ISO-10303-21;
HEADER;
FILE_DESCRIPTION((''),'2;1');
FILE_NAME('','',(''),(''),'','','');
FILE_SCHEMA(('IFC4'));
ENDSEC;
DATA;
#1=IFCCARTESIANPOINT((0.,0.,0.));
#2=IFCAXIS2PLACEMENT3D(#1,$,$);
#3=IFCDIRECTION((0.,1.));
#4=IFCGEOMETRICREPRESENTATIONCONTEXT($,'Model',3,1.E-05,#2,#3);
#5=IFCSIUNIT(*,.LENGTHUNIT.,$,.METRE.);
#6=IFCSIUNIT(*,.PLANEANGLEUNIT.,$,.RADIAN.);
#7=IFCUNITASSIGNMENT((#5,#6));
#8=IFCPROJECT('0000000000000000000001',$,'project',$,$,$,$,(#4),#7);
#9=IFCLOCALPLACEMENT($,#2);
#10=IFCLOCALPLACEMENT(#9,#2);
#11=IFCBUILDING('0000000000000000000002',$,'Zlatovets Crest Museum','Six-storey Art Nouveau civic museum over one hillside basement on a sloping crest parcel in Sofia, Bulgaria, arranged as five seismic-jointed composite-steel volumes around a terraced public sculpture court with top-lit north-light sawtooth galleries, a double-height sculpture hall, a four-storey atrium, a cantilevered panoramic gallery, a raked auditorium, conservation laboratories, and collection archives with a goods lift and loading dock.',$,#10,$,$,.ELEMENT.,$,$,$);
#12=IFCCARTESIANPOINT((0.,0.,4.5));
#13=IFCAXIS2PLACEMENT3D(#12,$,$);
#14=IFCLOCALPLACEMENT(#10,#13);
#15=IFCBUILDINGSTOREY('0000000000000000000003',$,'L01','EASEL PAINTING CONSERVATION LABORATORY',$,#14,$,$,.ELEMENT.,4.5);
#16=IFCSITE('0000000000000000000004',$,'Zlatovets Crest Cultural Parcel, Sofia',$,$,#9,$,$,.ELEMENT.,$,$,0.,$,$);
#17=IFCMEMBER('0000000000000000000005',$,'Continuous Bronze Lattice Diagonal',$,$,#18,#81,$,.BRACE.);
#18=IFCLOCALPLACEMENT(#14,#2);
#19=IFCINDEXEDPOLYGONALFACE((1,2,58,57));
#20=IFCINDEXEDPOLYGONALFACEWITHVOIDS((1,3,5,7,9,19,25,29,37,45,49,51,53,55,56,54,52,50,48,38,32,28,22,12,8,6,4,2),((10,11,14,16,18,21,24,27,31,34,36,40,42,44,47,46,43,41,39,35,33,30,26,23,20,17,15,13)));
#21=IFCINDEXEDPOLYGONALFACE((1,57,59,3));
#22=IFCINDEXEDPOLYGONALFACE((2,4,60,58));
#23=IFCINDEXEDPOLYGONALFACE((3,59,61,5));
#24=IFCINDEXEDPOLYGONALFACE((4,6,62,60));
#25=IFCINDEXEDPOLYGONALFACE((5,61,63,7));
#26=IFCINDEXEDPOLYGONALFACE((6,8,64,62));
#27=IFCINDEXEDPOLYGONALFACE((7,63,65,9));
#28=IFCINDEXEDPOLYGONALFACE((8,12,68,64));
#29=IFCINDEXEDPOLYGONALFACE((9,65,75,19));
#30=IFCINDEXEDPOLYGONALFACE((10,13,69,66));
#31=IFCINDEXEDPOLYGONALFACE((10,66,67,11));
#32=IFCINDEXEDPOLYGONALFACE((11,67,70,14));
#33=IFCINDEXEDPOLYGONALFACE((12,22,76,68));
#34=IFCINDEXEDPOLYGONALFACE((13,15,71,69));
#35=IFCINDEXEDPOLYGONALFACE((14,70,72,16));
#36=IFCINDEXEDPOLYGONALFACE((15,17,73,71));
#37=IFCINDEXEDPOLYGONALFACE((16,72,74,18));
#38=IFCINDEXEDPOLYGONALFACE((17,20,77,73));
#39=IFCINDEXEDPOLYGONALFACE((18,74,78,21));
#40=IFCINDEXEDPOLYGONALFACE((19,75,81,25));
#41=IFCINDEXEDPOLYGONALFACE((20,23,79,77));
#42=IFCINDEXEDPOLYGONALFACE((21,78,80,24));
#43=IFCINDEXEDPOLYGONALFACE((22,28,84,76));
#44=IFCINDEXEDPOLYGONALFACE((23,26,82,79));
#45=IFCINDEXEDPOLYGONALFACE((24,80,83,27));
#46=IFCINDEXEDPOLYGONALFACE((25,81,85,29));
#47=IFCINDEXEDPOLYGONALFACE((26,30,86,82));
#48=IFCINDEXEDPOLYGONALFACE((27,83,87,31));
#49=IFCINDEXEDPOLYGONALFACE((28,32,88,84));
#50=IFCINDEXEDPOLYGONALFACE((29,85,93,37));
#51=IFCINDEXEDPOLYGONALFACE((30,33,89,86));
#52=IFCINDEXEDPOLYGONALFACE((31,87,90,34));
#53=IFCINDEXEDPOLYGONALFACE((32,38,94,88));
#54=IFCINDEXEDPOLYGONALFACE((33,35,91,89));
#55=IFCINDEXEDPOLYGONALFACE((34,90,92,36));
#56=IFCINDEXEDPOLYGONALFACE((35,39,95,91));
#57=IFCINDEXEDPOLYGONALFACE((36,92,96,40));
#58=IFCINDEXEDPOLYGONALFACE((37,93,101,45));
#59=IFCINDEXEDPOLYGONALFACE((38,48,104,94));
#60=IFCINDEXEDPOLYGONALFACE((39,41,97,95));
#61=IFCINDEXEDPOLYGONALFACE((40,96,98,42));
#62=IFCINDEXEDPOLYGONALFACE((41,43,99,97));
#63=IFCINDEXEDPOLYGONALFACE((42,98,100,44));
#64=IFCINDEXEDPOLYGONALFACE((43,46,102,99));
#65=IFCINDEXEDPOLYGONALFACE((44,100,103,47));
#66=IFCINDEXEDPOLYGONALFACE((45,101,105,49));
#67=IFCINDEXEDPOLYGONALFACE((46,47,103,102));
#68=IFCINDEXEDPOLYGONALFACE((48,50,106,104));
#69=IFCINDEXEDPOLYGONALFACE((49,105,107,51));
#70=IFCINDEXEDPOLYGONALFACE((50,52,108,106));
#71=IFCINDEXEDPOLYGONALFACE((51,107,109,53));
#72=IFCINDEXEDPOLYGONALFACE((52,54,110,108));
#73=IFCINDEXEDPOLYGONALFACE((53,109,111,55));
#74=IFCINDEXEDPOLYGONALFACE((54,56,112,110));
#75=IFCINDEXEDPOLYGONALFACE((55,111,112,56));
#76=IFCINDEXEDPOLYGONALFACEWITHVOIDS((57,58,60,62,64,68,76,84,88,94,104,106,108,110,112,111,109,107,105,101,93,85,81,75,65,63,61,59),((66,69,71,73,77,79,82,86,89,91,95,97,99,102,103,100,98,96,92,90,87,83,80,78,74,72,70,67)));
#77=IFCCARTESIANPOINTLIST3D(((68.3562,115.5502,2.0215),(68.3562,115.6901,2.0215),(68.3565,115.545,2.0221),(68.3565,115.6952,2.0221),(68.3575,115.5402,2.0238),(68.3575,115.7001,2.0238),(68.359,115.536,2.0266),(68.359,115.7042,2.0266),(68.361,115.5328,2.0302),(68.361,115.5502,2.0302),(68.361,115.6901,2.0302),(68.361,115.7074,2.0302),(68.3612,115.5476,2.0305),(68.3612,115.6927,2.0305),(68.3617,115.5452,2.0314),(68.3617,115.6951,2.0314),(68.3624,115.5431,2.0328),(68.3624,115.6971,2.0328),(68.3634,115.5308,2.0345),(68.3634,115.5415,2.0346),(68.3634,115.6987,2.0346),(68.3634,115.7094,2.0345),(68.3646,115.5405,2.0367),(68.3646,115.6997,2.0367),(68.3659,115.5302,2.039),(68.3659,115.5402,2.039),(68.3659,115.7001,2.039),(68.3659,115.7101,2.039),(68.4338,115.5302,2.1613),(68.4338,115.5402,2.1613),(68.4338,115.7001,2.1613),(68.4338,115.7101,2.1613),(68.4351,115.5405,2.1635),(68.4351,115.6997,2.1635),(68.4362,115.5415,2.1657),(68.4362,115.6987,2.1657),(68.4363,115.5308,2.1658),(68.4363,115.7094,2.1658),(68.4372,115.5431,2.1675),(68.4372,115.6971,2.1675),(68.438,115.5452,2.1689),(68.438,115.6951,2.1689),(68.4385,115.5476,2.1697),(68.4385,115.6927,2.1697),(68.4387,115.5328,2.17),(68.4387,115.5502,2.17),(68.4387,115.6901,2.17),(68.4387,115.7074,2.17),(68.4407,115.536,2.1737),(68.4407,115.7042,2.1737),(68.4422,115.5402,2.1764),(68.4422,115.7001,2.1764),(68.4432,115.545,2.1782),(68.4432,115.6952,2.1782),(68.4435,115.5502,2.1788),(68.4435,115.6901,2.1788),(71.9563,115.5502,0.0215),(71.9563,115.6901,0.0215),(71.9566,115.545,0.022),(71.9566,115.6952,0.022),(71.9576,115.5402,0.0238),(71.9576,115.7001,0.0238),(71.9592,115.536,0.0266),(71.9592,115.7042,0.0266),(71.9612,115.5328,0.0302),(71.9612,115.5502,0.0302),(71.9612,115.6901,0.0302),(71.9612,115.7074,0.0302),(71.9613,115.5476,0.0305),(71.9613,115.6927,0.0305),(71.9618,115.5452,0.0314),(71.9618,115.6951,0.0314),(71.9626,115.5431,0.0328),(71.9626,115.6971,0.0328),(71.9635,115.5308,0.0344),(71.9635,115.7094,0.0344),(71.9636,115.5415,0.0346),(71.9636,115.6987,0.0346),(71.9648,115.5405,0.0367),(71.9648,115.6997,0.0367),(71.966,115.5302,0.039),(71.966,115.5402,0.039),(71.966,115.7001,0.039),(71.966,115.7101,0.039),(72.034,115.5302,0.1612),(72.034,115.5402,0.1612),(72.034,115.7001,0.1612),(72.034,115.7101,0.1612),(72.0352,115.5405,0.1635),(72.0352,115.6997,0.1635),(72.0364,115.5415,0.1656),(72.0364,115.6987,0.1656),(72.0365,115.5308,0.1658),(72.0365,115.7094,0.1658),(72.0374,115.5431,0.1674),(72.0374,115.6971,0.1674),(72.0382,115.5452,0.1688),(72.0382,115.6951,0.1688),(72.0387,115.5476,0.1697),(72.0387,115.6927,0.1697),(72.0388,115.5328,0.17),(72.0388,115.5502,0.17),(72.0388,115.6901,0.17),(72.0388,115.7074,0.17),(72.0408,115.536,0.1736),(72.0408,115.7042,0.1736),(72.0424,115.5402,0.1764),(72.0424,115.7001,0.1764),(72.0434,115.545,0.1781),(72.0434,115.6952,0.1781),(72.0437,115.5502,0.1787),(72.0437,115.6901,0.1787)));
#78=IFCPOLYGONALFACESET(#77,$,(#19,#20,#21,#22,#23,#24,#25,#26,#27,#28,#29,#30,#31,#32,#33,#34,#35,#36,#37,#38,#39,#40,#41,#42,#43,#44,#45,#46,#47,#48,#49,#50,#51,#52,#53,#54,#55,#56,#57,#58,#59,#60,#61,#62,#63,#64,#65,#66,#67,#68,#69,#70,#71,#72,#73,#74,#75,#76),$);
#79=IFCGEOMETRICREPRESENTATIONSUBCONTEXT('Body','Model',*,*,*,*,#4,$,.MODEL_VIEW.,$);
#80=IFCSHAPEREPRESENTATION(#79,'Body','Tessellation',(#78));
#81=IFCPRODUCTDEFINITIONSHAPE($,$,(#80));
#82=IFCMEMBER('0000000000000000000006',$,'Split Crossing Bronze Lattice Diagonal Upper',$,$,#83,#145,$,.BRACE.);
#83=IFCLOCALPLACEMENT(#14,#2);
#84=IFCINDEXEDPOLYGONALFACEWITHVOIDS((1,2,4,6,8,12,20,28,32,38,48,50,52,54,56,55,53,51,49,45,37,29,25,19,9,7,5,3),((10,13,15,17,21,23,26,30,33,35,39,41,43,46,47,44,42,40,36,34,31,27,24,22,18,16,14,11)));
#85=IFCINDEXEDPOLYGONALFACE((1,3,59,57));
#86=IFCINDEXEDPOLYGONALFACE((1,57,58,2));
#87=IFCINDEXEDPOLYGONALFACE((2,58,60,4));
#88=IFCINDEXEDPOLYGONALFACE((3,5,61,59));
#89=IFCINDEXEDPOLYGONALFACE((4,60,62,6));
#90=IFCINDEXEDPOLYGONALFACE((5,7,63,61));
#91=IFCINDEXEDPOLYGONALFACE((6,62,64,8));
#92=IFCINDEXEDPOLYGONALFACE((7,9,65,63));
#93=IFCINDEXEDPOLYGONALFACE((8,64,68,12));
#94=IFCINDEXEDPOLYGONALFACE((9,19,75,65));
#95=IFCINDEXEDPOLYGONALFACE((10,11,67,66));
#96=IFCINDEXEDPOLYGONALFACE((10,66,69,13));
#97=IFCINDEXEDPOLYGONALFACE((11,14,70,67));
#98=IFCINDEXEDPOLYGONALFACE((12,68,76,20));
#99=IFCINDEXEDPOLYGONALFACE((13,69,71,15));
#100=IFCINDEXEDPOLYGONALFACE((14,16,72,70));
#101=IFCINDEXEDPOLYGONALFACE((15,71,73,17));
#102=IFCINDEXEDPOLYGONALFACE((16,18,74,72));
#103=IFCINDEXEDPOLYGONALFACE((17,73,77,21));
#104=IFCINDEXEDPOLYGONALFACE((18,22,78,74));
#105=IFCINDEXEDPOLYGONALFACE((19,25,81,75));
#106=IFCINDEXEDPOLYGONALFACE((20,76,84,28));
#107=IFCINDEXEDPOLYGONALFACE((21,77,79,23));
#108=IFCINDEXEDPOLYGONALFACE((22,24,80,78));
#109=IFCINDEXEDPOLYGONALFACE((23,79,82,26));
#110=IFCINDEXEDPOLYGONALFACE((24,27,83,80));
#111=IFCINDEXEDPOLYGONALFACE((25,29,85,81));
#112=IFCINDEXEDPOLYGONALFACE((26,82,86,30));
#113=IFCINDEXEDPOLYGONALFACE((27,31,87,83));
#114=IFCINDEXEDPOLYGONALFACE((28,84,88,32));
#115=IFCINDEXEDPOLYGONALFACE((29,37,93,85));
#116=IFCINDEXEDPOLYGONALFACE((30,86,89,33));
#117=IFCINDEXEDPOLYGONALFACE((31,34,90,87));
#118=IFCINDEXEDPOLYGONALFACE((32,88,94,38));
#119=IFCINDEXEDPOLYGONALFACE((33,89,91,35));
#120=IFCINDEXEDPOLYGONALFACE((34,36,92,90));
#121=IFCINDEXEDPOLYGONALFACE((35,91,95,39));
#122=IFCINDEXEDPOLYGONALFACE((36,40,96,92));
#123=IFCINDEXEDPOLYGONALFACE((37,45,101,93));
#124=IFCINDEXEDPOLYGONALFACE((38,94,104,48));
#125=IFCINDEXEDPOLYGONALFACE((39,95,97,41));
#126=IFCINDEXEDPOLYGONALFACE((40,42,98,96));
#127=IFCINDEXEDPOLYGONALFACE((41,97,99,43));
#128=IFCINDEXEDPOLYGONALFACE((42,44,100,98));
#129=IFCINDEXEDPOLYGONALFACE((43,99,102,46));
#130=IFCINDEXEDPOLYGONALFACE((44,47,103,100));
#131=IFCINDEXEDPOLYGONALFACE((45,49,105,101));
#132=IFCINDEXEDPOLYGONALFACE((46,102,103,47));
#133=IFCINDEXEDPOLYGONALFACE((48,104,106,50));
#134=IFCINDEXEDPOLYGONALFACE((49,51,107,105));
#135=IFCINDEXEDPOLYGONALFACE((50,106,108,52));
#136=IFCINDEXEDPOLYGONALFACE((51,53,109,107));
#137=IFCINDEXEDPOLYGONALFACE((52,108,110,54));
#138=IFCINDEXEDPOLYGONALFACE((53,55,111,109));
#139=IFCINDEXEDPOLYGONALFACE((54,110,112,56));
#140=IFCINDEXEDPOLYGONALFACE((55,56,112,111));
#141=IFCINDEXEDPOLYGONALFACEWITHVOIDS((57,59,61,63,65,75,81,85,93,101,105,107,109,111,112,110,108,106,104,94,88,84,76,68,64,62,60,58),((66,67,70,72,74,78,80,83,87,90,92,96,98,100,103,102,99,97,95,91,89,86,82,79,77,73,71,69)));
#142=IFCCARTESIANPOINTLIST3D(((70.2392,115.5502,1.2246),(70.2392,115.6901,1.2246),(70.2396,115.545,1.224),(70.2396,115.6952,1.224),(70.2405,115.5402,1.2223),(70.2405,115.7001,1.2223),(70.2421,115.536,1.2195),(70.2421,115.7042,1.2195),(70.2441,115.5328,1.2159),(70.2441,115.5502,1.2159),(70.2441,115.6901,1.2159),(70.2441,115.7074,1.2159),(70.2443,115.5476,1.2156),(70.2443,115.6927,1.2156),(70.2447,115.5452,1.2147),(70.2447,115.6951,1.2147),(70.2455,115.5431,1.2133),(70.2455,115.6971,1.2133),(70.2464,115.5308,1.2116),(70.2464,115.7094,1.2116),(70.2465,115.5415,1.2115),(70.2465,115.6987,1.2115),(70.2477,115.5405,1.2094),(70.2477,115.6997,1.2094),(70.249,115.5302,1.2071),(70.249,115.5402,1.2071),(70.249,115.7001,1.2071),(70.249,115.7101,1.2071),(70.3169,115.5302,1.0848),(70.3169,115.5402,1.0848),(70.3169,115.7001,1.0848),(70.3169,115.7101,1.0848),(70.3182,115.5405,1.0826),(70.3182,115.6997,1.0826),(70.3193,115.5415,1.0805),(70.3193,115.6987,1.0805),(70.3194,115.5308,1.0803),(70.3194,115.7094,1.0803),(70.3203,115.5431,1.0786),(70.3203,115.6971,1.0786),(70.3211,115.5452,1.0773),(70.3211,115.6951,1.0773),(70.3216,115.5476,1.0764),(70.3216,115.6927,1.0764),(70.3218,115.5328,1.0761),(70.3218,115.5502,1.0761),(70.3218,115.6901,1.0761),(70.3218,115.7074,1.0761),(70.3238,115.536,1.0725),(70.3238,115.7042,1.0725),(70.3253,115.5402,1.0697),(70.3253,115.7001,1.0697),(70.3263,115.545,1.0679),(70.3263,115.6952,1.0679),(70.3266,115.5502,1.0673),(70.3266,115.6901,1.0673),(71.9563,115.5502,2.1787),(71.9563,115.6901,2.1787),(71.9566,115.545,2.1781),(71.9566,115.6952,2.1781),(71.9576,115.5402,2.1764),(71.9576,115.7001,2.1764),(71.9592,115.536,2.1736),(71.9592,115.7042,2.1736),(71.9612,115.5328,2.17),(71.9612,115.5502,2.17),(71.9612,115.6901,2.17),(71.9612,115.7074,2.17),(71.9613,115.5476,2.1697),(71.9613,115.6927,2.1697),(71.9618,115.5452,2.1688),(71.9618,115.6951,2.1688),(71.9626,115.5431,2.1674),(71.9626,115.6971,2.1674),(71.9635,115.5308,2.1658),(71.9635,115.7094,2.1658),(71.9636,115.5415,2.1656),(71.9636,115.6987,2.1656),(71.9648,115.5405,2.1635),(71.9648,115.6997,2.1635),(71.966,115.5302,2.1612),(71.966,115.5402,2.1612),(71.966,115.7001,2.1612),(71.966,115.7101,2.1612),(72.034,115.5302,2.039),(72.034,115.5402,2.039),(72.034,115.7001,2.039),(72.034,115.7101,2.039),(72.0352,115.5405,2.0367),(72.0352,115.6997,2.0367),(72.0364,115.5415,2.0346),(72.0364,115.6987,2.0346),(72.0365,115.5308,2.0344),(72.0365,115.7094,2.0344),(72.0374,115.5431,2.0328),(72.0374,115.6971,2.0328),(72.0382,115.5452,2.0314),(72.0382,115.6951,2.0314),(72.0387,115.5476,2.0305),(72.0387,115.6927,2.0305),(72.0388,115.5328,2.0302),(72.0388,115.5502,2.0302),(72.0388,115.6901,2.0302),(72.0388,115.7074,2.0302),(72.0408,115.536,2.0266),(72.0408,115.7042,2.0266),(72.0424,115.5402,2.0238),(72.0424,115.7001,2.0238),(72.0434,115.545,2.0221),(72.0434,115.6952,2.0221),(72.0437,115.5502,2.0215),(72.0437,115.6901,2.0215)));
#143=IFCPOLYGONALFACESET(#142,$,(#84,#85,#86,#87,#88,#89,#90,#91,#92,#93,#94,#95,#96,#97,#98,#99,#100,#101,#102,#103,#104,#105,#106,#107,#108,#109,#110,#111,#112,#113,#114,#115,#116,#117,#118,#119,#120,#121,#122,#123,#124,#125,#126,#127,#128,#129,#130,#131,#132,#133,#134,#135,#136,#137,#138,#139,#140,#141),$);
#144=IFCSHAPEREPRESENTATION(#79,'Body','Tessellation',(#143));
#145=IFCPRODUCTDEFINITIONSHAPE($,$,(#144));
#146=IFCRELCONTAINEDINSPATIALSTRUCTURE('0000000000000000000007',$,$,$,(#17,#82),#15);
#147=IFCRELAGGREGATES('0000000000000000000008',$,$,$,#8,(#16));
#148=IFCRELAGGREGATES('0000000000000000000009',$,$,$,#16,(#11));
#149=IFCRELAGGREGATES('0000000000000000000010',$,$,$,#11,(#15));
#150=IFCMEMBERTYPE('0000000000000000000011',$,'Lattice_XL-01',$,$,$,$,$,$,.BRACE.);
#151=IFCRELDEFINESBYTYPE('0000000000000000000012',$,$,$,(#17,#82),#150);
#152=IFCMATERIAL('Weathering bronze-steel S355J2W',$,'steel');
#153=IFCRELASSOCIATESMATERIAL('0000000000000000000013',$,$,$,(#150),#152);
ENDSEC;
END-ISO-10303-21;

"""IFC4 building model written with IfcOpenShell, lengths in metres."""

from ifc_helpers import new_model, si_unit, direction, frame, origin, origin_2d, place, context, subcontext, project, spatial, hollow_rectangle, extrude, material, material_profile, profile_set, type_object, element, save


model = new_model("IFC4")

# Units and contexts
model_context = context("Model", 3, precision=1e-05, world=origin(), true_north=direction((0.0, 1.0)))
body_context = subcontext(model_context, "Body", "Model", "MODEL_VIEW")
ifc_project = project(units=[si_unit("LENGTHUNIT", "METRE"), si_unit("PLANEANGLEUNIT", "RADIAN")], contexts=[model_context])

# Site, building, storey
site_placement = place(None, origin())
site = spatial("IfcSite", under=ifc_project, at=site_placement, Name="Zlatovets Crest Cultural Parcel, Sofia", CompositionType="ELEMENT", RefElevation=0.0)
building_placement = place(site_placement, origin())
building = spatial("IfcBuilding", under=site, at=building_placement, Name="Zlatovets Crest Museum", Description="Six-storey Art Nouveau civic museum over one hillside basement on a sloping crest parcel in Sofia, Bulgaria, arranged as five seismic-jointed composite-steel volumes around a terraced public sculpture court with top-lit north-light sawtooth galleries, a double-height sculpture hall, a four-storey atrium, a cantilevered panoramic gallery, a raked auditorium, conservation laboratories, and collection archives with a goods lift and loading dock.", CompositionType="ELEMENT")
storey_placement = place(building_placement, frame((0.0, 0.0, 4.5)))
storey = spatial("IfcBuildingStorey", under=building, at=storey_placement, Name="L01", Description="EASEL PAINTING CONSERVATION LABORATORY", CompositionType="ELEMENT", Elevation=4.5)

# Members
ifc_material_1 = material(Name="Weathering bronze-steel S355J2W", Category="steel")
ifc_material_profile_1 = material_profile(ifc_material_1, hollow_rectangle(XDim=0.1799, YDim=0.1799, WallThickness=0.01, InnerFilletRadius=0.01, OuterFilletRadius=0.02, at=origin_2d()), Name="SHS 180x180x10.0")
ifc_profile_set_1 = profile_set([ifc_material_profile_1], Name="Weathering bronze-steel S355J2W")
member_type_1 = type_object("IfcMemberType", Name="Lattice_XL-01", PredefinedType="BRACE", material=ifc_profile_set_1)
member_1_placement = place(storey_placement, frame((72.0, 115.6201, 0.1001), z_axis=(-0.874163, 0.0, 0.485633), x_axis=(0.0, -1.0, 0.0)))
element("IfcMember", 1, at=member_1_placement, inside=storey, type_object=member_type_1, Name="Continuous Bronze Lattice Diagonal", PredefinedType="BRACE", context=body_context, shape_type="SweptSolid", body=[
    extrude(hollow_rectangle(XDim=0.1799, YDim=0.1799, WallThickness=0.01, InnerFilletRadius=0.01, OuterFilletRadius=0.02, at=origin_2d()), origin(), (0.0, 0.0, 1.0), 4.1184),
])
member_2_placement = place(storey_placement, frame((72.0, 115.6201, 2.1001), z_axis=(-0.874116, 0.0, -0.485717), x_axis=(0.0, -1.0, 0.0)))
element("IfcMember", 2, at=member_2_placement, inside=storey, type_object=member_type_1, Name="Split Crossing Bronze Lattice Diagonal Upper", PredefinedType="BRACE", context=body_context, shape_type="SweptSolid", body=[
    extrude(hollow_rectangle(XDim=0.1799, YDim=0.1799, WallThickness=0.01, InnerFilletRadius=0.01, OuterFilletRadius=0.02, at=origin_2d()), origin(), (0.0, 0.0, 1.0), 1.9644),
])

save(model, "model.ifc")
